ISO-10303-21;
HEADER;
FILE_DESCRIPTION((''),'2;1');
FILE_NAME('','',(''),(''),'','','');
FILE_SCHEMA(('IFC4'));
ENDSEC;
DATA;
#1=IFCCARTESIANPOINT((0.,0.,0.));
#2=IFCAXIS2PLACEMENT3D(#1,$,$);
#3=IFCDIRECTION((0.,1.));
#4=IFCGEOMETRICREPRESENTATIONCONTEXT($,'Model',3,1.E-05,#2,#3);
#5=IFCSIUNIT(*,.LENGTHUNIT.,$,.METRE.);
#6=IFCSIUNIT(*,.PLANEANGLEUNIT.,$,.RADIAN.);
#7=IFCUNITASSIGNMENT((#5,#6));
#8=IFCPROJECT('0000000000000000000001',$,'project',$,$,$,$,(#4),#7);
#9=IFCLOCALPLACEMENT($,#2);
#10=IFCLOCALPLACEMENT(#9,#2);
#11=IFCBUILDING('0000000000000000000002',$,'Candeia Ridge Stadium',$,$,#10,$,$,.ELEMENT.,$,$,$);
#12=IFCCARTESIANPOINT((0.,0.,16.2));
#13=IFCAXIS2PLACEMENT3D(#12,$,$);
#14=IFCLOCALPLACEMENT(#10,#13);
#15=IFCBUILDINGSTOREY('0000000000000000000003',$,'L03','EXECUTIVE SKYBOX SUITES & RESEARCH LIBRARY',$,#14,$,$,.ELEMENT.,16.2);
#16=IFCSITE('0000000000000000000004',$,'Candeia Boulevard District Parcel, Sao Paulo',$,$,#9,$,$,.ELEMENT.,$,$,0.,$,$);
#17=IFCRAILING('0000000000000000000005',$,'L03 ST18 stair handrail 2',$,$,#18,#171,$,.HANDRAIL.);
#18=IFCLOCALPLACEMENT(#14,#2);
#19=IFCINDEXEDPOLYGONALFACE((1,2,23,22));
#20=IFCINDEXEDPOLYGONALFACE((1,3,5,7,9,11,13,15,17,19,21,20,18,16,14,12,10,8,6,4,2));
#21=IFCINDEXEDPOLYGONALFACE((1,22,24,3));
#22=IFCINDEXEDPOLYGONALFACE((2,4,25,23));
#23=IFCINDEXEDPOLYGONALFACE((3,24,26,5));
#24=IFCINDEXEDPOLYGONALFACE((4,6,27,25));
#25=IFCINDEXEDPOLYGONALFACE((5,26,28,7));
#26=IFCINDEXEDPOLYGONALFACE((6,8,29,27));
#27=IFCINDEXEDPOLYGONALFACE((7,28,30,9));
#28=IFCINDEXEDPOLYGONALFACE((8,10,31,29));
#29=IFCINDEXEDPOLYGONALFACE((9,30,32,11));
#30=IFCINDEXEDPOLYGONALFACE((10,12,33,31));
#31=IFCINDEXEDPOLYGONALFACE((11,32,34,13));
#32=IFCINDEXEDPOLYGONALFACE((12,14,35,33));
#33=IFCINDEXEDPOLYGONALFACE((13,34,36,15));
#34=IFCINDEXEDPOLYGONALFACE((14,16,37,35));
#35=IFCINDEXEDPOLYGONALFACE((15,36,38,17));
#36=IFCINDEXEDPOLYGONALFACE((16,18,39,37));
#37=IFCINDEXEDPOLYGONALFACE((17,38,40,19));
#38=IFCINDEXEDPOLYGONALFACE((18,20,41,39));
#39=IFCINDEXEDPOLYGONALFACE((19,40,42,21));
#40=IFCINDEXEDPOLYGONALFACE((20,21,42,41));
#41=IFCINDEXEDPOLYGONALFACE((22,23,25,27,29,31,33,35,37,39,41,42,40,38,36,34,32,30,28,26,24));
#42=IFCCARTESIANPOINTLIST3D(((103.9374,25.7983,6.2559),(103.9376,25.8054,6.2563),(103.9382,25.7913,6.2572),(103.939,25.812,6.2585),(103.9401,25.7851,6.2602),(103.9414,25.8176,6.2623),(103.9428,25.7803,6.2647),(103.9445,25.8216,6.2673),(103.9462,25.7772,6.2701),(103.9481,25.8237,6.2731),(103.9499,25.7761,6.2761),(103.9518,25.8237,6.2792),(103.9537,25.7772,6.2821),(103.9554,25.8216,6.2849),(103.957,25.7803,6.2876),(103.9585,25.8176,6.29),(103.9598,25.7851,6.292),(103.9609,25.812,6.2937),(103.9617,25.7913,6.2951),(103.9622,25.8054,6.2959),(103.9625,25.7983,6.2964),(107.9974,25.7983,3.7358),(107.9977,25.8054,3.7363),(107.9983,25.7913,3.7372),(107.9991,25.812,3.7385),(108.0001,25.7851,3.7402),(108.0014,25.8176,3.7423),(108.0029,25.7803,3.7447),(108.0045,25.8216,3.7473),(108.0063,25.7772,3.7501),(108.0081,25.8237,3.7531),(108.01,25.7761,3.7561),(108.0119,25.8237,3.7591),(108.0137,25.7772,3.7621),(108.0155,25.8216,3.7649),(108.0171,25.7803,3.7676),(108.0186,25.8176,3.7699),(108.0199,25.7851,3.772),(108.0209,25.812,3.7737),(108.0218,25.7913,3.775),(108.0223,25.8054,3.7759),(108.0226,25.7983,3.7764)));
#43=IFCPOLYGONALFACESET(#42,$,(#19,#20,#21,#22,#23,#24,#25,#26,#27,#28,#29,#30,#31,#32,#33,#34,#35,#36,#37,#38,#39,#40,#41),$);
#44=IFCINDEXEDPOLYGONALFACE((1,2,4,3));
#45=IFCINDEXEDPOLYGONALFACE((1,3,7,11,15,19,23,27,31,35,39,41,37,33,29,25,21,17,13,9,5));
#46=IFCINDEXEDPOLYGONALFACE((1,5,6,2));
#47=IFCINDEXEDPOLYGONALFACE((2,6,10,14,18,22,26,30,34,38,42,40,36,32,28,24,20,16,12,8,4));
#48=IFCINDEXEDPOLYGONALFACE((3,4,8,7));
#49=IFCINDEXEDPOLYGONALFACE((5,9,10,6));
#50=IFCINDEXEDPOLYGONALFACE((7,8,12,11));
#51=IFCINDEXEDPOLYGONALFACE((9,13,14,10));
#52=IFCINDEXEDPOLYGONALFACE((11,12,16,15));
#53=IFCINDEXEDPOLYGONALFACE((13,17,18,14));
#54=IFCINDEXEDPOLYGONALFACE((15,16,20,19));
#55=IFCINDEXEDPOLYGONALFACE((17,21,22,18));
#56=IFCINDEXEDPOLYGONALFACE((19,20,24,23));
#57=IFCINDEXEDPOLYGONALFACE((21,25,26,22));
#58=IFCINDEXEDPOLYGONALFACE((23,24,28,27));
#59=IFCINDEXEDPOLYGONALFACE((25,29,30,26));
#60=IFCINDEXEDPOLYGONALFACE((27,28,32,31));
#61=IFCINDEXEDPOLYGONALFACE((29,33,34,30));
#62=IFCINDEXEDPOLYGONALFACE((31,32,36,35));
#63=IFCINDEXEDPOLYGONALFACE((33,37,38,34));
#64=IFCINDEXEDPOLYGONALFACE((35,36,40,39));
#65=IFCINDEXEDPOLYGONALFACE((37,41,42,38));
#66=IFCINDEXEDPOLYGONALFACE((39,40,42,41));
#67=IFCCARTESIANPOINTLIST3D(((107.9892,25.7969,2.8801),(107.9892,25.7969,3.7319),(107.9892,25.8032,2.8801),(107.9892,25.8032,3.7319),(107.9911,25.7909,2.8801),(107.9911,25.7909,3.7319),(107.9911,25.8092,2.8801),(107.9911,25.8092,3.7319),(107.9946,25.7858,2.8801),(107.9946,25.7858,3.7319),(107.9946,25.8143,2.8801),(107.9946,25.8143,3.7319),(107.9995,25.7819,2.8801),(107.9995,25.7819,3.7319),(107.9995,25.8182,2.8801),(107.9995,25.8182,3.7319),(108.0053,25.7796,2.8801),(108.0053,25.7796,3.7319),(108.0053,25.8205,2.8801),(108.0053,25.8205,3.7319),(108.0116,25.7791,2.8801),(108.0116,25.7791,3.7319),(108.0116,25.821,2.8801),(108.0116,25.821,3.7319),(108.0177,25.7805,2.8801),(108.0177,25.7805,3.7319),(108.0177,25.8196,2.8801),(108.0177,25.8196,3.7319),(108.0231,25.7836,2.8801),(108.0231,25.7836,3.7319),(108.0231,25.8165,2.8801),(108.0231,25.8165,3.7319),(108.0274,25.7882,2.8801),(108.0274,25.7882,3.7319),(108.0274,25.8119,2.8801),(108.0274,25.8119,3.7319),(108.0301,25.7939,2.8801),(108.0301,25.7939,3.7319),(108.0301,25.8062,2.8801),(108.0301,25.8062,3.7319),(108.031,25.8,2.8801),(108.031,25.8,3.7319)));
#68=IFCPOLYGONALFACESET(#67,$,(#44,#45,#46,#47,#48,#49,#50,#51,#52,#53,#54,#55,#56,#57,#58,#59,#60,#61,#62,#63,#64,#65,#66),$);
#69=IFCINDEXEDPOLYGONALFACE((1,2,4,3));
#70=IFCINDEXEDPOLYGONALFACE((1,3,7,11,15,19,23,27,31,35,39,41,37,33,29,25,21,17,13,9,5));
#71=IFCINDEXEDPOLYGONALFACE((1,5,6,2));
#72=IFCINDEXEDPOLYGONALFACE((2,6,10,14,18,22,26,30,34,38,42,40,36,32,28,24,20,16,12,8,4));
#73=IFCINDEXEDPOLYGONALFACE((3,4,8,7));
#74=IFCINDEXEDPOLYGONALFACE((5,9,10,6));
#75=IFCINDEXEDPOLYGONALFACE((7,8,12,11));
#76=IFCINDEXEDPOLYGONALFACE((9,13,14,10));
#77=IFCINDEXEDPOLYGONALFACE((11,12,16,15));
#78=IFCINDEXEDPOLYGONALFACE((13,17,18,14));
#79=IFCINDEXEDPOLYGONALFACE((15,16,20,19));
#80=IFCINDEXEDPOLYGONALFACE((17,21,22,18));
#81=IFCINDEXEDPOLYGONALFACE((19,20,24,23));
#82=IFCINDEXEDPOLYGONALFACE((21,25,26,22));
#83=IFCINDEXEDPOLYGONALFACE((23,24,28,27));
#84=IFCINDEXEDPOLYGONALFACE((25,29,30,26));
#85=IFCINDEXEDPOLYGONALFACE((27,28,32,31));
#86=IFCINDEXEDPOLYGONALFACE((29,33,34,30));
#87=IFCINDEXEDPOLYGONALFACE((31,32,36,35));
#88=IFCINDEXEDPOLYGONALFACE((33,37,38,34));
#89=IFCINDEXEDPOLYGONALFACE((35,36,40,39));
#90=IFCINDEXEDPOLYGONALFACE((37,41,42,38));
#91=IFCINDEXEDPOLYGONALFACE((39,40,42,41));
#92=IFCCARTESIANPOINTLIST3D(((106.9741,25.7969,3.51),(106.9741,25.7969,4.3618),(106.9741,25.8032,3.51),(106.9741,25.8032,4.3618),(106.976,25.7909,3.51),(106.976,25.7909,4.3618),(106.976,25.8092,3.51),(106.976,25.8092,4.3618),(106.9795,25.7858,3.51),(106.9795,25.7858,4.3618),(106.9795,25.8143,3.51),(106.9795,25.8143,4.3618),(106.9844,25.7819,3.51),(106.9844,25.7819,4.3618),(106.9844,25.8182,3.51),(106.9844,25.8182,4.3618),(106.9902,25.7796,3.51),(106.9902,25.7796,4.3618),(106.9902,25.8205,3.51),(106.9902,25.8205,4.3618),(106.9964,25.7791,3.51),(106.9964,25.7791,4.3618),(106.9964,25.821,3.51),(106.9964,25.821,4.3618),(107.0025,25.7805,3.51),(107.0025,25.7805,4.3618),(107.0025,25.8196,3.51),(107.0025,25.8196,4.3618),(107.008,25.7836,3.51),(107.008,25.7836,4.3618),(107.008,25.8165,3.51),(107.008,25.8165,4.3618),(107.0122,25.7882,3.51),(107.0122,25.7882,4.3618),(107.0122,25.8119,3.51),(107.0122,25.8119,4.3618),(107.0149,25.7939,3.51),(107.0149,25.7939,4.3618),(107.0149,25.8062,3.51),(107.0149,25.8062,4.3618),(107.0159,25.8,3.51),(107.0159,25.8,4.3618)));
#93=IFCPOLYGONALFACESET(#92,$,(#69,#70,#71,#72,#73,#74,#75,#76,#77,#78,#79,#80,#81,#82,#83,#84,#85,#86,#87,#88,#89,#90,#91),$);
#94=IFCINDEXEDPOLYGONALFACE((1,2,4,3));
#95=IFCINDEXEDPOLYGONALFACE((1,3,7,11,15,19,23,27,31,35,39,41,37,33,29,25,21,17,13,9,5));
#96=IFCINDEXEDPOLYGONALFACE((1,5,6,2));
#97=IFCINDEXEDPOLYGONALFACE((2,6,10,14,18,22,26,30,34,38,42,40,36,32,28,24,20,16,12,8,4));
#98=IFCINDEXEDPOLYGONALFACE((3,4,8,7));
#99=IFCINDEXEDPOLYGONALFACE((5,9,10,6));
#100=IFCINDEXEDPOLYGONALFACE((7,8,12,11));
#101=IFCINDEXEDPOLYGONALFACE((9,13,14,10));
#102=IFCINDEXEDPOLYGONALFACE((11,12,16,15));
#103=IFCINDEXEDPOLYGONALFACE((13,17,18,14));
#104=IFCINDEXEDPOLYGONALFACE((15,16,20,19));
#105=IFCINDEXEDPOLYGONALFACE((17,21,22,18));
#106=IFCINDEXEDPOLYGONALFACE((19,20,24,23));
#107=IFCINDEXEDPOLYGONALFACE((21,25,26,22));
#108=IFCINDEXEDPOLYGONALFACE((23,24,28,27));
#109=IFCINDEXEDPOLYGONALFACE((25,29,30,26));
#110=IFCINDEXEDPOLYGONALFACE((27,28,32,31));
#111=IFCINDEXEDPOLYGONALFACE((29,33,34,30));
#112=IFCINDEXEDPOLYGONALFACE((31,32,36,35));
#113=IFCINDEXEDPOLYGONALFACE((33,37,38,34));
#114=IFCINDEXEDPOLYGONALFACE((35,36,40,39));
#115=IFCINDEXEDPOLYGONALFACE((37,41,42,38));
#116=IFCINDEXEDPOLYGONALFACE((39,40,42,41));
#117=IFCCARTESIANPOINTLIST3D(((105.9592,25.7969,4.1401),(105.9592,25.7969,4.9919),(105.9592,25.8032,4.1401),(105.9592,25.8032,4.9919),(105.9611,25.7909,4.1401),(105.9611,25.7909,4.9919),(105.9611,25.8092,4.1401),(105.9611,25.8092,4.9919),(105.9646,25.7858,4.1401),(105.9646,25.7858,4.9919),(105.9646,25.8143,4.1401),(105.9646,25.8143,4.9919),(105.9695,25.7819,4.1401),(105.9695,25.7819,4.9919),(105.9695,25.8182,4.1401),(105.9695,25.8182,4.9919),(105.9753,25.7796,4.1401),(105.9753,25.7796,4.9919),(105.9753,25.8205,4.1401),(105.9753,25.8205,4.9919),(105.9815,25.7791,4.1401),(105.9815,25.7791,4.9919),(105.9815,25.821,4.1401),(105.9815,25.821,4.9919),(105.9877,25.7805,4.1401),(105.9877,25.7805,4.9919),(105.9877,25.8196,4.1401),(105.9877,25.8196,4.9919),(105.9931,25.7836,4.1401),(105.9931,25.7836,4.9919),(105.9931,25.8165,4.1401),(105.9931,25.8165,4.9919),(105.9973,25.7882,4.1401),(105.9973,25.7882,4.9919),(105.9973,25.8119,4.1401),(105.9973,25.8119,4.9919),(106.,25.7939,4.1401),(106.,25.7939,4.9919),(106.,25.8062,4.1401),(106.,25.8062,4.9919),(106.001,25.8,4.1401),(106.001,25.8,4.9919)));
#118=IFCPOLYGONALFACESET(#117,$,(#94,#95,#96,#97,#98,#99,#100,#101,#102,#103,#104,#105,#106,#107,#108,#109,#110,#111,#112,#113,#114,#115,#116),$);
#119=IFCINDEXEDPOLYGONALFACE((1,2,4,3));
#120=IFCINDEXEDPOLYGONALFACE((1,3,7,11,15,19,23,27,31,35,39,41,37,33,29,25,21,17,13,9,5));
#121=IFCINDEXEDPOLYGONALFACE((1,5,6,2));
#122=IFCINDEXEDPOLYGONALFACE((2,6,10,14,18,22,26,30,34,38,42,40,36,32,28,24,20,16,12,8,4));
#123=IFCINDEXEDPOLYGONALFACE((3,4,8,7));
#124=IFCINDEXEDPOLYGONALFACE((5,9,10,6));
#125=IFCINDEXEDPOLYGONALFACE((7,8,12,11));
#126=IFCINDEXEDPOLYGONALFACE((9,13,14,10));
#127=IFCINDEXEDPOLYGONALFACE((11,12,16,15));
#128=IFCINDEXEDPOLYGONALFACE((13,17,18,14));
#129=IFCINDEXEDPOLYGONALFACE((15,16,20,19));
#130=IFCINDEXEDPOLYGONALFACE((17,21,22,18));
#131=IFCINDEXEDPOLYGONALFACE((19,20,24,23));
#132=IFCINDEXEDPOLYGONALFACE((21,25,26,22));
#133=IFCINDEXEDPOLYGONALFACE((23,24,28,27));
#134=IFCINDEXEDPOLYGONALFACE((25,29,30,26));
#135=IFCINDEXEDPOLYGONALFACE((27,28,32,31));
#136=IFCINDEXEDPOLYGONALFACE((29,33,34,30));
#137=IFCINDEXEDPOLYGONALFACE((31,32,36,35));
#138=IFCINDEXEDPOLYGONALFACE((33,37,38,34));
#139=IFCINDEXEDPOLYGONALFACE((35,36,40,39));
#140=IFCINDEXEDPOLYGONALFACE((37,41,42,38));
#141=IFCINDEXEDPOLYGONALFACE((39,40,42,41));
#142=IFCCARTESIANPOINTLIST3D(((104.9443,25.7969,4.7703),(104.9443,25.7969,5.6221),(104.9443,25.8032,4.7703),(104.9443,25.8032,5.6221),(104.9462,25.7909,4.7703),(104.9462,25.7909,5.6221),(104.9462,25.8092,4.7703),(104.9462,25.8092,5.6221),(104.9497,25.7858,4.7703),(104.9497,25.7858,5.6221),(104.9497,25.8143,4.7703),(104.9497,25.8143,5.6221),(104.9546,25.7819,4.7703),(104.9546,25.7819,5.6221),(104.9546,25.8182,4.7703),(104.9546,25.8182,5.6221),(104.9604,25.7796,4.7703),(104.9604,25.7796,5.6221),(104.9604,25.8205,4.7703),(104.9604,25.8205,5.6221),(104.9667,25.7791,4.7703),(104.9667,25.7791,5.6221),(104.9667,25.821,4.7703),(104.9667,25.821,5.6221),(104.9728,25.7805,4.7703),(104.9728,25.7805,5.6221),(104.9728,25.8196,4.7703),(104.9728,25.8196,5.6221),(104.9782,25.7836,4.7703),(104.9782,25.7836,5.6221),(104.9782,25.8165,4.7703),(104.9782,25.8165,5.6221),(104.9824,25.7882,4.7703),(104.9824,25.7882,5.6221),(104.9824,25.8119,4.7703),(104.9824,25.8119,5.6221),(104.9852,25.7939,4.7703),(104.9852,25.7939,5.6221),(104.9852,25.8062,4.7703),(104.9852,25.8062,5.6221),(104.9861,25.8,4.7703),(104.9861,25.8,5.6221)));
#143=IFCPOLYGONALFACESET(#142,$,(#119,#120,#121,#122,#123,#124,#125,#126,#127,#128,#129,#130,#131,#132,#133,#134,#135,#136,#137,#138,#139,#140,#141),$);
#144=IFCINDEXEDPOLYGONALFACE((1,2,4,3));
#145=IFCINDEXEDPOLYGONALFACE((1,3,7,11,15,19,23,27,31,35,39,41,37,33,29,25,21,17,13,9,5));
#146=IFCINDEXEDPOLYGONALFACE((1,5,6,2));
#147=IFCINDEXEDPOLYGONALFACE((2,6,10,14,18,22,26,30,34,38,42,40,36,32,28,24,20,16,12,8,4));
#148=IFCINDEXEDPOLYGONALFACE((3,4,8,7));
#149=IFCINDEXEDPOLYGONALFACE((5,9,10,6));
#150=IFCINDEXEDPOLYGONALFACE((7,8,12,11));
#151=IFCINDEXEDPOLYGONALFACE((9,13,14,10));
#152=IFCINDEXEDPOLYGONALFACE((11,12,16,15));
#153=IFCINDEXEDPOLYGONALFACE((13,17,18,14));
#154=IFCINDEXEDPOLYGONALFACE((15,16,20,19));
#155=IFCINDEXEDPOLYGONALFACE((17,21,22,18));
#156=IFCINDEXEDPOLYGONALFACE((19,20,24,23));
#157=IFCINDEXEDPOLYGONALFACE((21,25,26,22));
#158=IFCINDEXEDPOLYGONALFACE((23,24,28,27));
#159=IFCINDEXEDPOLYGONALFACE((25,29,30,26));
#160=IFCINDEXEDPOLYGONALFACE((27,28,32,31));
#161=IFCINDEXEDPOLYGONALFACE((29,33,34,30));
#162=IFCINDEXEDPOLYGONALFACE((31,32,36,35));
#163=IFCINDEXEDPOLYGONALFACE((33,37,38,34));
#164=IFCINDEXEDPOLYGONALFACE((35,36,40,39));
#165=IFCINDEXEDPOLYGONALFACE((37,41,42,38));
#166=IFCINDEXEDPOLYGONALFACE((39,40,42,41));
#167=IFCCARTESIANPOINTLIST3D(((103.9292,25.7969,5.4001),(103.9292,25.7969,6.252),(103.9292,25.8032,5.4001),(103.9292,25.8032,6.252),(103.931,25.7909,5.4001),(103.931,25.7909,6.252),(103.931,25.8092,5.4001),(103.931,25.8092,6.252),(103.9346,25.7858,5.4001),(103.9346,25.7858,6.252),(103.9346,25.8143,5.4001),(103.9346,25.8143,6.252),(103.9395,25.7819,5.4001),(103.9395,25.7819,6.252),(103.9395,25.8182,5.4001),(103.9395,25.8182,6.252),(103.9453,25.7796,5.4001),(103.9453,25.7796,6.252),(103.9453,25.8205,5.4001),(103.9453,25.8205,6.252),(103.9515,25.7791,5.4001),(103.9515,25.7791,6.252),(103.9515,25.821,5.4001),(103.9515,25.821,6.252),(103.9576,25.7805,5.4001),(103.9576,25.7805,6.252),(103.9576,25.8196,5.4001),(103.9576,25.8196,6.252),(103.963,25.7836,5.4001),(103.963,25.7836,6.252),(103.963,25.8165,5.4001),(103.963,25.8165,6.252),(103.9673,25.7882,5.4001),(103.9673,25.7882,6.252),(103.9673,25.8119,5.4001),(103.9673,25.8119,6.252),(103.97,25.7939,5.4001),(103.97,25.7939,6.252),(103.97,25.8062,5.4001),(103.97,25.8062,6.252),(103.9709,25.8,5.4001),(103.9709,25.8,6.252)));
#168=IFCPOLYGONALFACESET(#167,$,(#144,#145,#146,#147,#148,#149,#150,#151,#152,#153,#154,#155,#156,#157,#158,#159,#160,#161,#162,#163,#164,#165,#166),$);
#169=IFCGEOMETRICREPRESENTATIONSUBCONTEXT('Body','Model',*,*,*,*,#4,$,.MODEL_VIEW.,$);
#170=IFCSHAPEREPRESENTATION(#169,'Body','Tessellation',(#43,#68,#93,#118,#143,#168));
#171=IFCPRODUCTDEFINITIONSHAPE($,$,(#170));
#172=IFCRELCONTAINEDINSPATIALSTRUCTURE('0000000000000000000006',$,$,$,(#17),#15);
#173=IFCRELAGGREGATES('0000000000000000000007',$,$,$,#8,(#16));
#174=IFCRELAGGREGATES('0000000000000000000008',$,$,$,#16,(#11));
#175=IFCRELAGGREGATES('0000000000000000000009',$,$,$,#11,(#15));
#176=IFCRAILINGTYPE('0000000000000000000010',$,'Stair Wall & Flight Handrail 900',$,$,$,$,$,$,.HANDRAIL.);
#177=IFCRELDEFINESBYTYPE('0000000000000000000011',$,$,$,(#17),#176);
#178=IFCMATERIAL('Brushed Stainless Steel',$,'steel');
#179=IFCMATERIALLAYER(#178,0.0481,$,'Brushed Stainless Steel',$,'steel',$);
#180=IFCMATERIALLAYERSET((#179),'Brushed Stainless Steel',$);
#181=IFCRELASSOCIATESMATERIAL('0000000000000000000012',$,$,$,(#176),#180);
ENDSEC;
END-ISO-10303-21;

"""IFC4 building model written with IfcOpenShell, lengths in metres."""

from ifc_helpers import new_model, si_unit, direction, frame, origin, origin_2d, place, context, subcontext, project, spatial, circle, extrude, material, layer, layer_set, type_object, element, save


model = new_model("IFC4")

# Units and contexts
model_context = context("Model", 3, precision=1e-05, world=origin(), true_north=direction((0.0, 1.0)))
body_context = subcontext(model_context, "Body", "Model", "MODEL_VIEW")
ifc_project = project(units=[si_unit("LENGTHUNIT", "METRE"), si_unit("PLANEANGLEUNIT", "RADIAN")], contexts=[model_context])

# Site, building, storey
site_placement = place(None, origin())
site = spatial("IfcSite", under=ifc_project, at=site_placement, Name="Candeia Boulevard District Parcel, Sao Paulo", CompositionType="ELEMENT", RefElevation=0.0)
building_placement = place(site_placement, origin())
building = spatial("IfcBuilding", under=site, at=building_placement, Name="Candeia Ridge Stadium", CompositionType="ELEMENT")
storey_placement = place(building_placement, frame((0.0, 0.0, 16.2)))
storey = spatial("IfcBuildingStorey", under=building, at=storey_placement, Name="L03", Description="EXECUTIVE SKYBOX SUITES & RESEARCH LIBRARY", CompositionType="ELEMENT", Elevation=16.2)

# Railing
ifc_material_1 = material(Name="Brushed Stainless Steel", Category="steel")
ifc_layer_1 = layer(ifc_material_1, 0.0481, Name="Brushed Stainless Steel", Category="steel")
ifc_layer_set_1 = layer_set([ifc_layer_1], Name="Brushed Stainless Steel")
railing_type_1 = type_object("IfcRailingType", Name="Stair Wall & Flight Handrail 900", PredefinedType="HANDRAIL", material=ifc_layer_set_1)
railing_1_placement = place(storey_placement, frame((108.01, 25.8, 2.8801)))
element("IfcRailing", 1, at=railing_1_placement, inside=storey, type_object=railing_type_1, Name="L03 ST18 stair handrail 2", PredefinedType="HANDRAIL", context=body_context, shape_type="SweptSolid", body=[
    extrude(circle(Radius=0.0239, at=origin_2d()), frame((0.0, 0.0, 0.876), z_axis=(-0.849642, 0.0, 0.52736), x_axis=(0.0, -1.0, 0.0)), (0.0, 0.0, 1.0), 4.7786),
    extrude(circle(Radius=0.021, at=origin_2d()), origin(), (0.0, 0.0, 1.0), 0.8518),
    extrude(circle(Radius=0.021, at=origin_2d()), frame((-1.0151, 0.0, 0.6299)), (0.0, 0.0, 1.0), 0.8518),
    extrude(circle(Radius=0.021, at=origin_2d()), frame((-2.03, 0.0, 1.26)), (0.0, 0.0, 1.0), 0.8518),
    extrude(circle(Radius=0.021, at=origin_2d()), frame((-3.0449, 0.0, 1.8901)), (0.0, 0.0, 1.0), 0.8518),
    extrude(circle(Radius=0.021, at=origin_2d()), frame((-4.0601, 0.0, 2.52)), (0.0, 0.0, 1.0), 0.8518),
])

save(model, "model.ifc")
